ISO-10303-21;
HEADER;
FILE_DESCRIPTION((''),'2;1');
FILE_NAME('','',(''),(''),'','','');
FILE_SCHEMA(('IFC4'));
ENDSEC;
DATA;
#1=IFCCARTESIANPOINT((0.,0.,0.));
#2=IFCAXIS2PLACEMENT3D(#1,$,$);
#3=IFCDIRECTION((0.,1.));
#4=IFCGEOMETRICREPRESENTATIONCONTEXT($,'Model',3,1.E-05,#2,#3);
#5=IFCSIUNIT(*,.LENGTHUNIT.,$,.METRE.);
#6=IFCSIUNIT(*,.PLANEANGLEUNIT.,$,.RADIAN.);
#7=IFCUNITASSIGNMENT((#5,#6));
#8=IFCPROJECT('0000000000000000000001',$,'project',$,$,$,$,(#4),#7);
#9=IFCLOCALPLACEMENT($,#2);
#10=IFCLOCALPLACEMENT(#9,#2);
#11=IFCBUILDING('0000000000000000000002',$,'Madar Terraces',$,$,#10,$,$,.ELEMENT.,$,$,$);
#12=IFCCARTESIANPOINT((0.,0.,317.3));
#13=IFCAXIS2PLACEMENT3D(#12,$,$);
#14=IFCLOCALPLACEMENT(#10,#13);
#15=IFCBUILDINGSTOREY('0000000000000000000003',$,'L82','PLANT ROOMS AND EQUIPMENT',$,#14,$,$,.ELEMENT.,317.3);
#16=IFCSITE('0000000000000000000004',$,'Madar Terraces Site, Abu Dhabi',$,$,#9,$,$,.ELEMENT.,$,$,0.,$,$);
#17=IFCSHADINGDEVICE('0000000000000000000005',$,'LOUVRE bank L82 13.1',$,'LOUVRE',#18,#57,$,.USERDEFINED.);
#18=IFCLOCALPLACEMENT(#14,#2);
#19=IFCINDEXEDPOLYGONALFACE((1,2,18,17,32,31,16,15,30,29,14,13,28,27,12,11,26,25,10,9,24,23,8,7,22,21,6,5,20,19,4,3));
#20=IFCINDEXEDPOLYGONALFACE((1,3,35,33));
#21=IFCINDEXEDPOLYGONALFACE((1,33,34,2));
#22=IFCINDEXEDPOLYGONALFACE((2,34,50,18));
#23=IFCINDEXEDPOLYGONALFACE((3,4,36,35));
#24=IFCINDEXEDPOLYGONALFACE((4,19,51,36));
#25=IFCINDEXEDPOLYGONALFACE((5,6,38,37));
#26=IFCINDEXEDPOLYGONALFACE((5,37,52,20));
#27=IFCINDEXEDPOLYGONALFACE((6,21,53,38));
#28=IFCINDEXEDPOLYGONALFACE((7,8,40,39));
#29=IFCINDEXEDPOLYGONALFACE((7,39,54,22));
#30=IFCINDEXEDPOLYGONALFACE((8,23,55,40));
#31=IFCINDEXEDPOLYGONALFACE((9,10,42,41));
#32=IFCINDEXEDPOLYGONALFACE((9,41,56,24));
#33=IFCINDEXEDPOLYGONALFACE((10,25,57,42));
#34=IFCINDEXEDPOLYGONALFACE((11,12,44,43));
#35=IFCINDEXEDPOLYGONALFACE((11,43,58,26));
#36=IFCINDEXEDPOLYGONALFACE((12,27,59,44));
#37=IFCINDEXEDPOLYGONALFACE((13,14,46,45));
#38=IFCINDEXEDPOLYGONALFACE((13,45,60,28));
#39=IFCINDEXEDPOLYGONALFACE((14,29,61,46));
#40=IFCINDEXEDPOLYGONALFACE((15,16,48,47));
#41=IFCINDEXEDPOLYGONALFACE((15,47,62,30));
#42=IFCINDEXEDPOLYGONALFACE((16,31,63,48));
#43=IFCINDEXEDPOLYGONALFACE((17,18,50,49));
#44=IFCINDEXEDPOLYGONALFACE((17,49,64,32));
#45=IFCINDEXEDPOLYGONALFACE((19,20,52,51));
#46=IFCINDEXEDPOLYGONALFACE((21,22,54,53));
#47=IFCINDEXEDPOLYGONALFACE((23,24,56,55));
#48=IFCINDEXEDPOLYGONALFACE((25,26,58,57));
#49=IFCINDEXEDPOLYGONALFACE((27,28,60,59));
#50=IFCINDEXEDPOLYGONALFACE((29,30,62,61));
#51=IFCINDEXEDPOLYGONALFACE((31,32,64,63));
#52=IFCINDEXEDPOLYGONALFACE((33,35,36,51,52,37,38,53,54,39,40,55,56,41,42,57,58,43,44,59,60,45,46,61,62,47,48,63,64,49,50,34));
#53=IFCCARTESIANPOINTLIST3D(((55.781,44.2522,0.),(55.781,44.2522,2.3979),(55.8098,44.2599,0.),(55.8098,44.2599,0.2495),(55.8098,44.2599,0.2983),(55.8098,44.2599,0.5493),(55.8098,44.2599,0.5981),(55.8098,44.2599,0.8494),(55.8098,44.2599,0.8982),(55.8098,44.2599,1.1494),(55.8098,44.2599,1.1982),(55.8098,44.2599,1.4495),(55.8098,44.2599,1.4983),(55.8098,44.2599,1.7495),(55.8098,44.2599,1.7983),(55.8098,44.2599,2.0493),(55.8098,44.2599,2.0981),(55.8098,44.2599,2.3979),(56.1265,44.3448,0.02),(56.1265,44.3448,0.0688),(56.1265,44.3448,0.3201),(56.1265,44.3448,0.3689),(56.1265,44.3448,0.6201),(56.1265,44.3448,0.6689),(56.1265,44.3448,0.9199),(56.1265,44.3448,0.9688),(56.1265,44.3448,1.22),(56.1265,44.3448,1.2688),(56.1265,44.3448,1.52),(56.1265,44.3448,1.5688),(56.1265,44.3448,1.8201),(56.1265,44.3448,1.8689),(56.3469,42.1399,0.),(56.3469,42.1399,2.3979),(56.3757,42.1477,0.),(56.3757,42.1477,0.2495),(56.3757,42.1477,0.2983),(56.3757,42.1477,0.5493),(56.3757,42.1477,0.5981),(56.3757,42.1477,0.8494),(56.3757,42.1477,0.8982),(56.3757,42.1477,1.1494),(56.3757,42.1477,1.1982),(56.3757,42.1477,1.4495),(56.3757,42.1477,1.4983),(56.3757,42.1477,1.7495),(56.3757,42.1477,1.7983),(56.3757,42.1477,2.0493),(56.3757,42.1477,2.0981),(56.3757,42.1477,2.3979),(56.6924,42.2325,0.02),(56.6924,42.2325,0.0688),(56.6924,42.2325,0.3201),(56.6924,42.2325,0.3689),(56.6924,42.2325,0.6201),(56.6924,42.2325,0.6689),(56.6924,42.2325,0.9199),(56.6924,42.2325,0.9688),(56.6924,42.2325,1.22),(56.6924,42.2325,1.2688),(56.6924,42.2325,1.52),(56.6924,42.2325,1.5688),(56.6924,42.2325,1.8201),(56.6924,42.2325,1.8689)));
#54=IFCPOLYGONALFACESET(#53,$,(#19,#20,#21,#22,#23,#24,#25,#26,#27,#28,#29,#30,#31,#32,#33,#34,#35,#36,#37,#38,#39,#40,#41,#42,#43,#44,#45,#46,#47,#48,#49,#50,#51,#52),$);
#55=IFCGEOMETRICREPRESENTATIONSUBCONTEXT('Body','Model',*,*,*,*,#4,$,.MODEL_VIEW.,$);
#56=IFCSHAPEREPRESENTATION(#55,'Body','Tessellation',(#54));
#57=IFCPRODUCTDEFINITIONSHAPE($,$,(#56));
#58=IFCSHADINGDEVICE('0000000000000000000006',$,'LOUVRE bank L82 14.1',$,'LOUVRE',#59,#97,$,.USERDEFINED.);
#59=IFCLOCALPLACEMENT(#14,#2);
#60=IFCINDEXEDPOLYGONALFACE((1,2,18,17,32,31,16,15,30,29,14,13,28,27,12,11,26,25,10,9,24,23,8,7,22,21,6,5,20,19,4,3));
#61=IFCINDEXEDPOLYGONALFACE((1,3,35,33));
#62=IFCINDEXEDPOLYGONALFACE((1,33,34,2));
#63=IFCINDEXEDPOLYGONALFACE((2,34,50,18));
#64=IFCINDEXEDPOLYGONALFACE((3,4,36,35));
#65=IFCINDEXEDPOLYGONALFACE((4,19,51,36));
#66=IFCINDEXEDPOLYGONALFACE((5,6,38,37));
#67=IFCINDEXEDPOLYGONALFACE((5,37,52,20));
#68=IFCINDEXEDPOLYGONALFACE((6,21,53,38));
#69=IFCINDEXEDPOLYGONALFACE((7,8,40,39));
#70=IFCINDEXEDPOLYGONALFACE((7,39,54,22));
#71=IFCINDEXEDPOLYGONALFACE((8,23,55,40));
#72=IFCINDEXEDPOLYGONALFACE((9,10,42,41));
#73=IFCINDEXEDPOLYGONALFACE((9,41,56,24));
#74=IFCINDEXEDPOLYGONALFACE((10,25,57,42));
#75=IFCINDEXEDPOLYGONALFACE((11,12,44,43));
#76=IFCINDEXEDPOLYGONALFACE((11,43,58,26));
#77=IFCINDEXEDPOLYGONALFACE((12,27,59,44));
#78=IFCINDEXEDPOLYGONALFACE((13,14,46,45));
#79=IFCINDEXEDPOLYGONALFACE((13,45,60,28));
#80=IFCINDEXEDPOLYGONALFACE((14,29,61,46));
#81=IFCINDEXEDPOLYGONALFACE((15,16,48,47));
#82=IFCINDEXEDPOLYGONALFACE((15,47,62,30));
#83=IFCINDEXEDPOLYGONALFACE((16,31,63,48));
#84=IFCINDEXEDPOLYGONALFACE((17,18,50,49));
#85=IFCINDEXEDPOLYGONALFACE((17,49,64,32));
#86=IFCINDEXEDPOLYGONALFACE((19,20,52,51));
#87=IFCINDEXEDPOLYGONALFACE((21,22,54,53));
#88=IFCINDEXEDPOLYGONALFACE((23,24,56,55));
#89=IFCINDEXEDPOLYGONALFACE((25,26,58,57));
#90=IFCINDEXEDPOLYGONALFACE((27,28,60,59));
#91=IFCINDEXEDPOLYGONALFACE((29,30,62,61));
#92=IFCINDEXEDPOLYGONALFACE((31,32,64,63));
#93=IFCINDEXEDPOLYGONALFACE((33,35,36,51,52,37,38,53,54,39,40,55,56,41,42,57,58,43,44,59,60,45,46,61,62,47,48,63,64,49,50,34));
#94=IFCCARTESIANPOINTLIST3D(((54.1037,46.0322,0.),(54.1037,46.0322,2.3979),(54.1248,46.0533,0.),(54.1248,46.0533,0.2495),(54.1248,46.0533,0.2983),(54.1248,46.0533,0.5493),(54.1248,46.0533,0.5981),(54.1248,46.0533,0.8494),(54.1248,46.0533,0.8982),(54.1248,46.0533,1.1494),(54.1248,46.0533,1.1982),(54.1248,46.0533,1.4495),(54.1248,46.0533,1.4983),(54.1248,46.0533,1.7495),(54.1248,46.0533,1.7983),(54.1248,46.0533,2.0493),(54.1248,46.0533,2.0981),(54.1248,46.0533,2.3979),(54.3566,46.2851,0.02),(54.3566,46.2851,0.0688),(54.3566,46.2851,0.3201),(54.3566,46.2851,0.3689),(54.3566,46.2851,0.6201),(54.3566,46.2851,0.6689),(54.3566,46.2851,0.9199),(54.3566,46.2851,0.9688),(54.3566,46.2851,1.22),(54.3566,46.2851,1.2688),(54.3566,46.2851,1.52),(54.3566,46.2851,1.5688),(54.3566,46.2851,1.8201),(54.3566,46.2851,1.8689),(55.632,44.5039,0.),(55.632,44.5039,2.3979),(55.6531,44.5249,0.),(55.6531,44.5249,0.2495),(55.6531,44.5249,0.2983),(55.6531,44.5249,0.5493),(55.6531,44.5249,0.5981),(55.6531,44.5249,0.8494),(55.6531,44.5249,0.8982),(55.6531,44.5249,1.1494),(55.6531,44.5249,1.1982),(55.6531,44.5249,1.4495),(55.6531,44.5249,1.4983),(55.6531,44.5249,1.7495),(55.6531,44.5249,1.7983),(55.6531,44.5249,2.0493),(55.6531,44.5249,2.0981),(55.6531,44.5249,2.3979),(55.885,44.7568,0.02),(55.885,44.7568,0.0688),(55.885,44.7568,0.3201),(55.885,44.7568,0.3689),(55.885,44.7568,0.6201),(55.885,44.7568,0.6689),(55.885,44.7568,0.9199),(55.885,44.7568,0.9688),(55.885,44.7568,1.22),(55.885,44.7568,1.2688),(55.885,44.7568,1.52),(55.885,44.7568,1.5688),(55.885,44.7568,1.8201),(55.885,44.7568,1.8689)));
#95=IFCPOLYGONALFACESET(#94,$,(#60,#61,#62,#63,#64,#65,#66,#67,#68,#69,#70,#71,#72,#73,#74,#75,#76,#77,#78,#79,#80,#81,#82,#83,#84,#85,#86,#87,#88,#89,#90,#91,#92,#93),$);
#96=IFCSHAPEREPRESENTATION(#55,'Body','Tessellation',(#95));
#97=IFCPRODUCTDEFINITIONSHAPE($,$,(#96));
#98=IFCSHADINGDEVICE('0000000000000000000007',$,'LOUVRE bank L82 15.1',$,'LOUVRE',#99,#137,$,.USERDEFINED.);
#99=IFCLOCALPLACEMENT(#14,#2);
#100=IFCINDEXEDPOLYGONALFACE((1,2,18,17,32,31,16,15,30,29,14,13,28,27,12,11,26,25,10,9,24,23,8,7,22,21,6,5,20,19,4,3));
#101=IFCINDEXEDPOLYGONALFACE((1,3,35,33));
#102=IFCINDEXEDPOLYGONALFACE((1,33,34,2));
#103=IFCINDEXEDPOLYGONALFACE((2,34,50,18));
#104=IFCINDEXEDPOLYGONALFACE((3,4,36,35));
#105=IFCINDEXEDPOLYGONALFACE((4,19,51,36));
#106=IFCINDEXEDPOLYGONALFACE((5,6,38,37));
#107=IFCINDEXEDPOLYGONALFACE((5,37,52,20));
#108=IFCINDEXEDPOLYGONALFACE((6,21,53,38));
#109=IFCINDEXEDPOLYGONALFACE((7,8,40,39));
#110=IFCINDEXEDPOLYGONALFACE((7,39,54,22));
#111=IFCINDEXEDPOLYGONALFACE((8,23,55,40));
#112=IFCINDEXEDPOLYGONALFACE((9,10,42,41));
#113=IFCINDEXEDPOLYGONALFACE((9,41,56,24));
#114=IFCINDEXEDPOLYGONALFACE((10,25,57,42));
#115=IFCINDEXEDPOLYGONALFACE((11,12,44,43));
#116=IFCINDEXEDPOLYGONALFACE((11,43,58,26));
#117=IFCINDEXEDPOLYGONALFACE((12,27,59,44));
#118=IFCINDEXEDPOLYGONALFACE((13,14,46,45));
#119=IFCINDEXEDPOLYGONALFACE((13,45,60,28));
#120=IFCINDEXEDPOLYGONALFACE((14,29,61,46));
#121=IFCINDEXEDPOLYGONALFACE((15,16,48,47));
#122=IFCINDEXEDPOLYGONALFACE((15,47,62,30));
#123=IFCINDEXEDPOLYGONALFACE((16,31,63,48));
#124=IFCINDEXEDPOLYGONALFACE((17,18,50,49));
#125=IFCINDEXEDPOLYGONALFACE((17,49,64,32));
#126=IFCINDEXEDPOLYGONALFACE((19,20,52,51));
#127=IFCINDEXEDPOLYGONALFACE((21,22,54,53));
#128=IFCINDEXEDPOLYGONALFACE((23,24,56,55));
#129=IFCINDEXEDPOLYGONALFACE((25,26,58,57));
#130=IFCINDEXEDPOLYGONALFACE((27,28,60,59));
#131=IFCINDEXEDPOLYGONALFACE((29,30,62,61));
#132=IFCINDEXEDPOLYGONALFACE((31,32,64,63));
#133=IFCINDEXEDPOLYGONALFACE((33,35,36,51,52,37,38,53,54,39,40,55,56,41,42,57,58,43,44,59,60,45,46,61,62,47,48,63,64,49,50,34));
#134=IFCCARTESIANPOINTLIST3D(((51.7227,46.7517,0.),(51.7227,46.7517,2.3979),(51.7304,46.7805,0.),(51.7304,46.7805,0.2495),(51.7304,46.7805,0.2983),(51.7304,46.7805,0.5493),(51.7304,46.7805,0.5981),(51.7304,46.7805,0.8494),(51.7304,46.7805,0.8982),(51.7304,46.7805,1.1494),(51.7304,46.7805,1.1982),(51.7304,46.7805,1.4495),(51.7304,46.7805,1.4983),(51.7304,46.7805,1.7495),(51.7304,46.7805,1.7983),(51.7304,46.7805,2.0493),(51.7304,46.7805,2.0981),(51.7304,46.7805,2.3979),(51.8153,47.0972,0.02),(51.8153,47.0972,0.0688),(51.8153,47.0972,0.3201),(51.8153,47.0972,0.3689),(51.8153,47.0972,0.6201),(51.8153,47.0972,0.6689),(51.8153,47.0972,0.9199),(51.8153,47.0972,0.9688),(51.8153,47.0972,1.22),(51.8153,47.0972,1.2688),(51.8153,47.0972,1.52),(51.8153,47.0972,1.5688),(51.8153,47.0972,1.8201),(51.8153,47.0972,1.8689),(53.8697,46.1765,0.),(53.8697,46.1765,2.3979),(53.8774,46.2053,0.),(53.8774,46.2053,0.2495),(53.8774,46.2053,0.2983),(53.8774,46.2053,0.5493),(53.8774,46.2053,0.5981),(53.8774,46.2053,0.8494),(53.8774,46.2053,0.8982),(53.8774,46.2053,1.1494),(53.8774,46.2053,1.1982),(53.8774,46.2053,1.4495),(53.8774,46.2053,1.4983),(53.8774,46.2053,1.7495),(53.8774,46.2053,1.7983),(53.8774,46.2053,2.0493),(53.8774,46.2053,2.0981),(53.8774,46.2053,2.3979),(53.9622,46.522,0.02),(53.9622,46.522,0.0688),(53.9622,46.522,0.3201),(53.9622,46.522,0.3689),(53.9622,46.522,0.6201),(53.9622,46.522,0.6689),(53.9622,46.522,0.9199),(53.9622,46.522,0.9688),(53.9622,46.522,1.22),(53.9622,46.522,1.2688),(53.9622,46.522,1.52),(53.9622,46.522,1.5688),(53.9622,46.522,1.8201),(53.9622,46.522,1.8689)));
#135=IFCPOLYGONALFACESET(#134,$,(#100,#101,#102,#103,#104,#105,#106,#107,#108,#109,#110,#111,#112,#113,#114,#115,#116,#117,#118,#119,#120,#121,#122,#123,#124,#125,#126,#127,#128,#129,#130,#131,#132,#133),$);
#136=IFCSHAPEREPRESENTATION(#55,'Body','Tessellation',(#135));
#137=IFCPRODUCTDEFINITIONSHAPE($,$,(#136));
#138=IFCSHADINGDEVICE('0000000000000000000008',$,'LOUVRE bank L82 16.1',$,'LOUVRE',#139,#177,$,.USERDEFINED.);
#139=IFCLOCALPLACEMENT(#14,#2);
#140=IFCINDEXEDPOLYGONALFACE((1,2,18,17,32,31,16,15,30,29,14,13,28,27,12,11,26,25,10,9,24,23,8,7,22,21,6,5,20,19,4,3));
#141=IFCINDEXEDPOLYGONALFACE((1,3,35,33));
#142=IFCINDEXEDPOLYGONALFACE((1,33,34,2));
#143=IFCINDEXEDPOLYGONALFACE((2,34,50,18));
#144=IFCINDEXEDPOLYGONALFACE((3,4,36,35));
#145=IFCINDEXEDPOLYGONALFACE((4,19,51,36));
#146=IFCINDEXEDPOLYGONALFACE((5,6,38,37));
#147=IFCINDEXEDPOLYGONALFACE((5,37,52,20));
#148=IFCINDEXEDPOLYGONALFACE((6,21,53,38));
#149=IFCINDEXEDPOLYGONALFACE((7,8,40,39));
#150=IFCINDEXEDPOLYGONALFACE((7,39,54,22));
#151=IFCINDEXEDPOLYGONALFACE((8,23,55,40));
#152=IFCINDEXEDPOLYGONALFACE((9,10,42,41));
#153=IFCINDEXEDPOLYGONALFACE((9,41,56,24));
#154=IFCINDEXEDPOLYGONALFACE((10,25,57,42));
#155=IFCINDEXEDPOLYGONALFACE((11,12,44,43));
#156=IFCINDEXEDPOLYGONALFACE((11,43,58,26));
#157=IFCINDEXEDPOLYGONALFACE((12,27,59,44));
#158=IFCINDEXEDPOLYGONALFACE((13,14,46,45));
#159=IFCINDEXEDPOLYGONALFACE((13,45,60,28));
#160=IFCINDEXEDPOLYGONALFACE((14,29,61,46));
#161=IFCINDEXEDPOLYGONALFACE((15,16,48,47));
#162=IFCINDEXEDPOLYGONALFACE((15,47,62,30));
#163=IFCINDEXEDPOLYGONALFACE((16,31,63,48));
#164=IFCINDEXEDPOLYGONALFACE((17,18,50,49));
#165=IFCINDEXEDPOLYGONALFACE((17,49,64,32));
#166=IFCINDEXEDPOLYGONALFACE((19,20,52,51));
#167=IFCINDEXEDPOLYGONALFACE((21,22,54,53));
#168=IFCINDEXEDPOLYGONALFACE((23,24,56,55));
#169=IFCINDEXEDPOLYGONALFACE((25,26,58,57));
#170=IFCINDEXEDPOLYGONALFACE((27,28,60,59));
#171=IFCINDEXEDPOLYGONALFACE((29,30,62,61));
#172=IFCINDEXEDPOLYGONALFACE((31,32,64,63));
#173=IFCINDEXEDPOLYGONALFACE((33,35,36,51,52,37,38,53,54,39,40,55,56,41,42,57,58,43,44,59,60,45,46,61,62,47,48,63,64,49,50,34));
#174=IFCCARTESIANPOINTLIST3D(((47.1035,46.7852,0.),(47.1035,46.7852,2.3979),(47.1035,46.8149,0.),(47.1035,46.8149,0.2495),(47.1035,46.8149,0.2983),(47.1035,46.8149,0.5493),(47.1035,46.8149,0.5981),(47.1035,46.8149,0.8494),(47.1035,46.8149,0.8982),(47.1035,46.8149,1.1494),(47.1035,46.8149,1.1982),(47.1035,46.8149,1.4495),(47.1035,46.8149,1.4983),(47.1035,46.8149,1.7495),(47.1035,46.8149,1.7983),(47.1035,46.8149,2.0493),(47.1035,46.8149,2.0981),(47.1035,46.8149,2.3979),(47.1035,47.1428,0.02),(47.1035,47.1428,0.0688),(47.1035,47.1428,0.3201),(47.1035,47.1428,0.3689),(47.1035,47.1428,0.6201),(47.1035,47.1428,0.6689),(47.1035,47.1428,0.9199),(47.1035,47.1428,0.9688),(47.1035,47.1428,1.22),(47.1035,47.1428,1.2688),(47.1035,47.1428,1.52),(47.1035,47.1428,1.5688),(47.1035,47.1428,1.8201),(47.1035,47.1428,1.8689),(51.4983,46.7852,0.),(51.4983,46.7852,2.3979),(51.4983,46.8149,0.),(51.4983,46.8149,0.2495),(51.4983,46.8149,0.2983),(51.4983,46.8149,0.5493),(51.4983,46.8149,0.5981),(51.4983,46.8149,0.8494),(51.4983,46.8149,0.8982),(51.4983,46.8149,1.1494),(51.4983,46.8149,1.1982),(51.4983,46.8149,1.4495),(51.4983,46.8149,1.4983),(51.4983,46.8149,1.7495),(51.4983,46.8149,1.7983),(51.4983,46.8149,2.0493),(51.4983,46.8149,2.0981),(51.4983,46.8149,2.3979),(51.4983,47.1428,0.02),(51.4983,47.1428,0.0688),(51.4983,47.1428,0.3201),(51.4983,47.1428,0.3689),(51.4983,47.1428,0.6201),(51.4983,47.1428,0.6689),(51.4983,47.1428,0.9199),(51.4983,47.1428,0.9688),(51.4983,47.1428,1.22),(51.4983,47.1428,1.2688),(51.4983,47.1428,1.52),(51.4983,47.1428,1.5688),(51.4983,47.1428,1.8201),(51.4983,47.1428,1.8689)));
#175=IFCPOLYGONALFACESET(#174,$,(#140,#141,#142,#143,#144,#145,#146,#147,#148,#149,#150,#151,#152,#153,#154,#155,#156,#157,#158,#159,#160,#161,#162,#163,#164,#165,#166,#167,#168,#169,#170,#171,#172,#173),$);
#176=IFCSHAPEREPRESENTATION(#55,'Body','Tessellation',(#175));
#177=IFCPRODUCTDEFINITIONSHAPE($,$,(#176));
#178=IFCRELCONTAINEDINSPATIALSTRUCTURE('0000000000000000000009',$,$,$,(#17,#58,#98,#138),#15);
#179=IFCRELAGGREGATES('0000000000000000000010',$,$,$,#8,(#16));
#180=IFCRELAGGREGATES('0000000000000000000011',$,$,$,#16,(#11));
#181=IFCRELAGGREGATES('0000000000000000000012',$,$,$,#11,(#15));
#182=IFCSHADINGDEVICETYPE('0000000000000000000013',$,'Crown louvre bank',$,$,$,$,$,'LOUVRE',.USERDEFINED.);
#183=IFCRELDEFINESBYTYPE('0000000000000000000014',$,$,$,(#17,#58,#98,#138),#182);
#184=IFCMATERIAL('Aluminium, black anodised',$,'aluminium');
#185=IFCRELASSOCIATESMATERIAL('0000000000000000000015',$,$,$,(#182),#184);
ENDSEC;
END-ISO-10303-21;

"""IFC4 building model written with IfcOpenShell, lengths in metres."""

from ifc_helpers import new_model, si_unit, direction, frame, origin, place, context, subcontext, project, spatial, polyline, outline, extrude, material, type_object, element, save


model = new_model("IFC4")

# Units and contexts
model_context = context("Model", 3, precision=1e-05, world=origin(), true_north=direction((0.0, 1.0)))
body_context = subcontext(model_context, "Body", "Model", "MODEL_VIEW")
ifc_project = project(units=[si_unit("LENGTHUNIT", "METRE"), si_unit("PLANEANGLEUNIT", "RADIAN")], contexts=[model_context])

# Site, building, storey
site_placement = place(None, origin())
site = spatial("IfcSite", under=ifc_project, at=site_placement, Name="Madar Terraces Site, Abu Dhabi", CompositionType="ELEMENT", RefElevation=0.0)
building_placement = place(site_placement, origin())
building = spatial("IfcBuilding", under=site, at=building_placement, Name="Madar Terraces", CompositionType="ELEMENT")
storey_placement = place(building_placement, frame((0.0, 0.0, 317.3)))
storey = spatial("IfcBuildingStorey", under=building, at=storey_placement, Name="L82", Description="PLANT ROOMS AND EQUIPMENT", CompositionType="ELEMENT", Elevation=317.3)

# Shading devices
ifc_material_1 = material(Name="Aluminium, black anodised", Category="aluminium")
shading_device_type = type_object("IfcShadingDeviceType", Name="Crown louvre bank", ElementType="LOUVRE", PredefinedType="USERDEFINED", material=ifc_material_1)
shading_device_1_placement = place(storey_placement, frame((56.3613, 42.1438, 0.0), z_axis=(-0.258788, 0.965934, 0.0), x_axis=(-0.965934, -0.258788, 0.0)))
element("IfcShadingDevice", 1, at=shading_device_1_placement, inside=storey, type_object=shading_device_type, Name="LOUVRE bank L82 13.1", ObjectType="LOUVRE", PredefinedType="USERDEFINED", context=body_context, shape_type="SweptSolid", body=[
    extrude(outline(polyline([(0.0149, 0.0), (-0.0149, 0.0), (-0.0149, 0.2495), (-0.3428, 0.02), (-0.3428, 0.0688), (-0.0149, 0.2983), (-0.0149, 0.5493), (-0.3428, 0.3201), (-0.3428, 0.3689), (-0.0149, 0.5981), (-0.0149, 0.8494), (-0.3428, 0.6201), (-0.3428, 0.6689), (-0.0149, 0.8982), (-0.0149, 1.1494), (-0.3428, 0.9199), (-0.3428, 0.9688), (-0.0149, 1.1982), (-0.0149, 1.4495), (-0.3428, 1.22), (-0.3428, 1.2688), (-0.0149, 1.4983), (-0.0149, 1.7495), (-0.3428, 1.52), (-0.3428, 1.5688), (-0.0149, 1.7983), (-0.0149, 2.0493), (-0.3428, 1.8201), (-0.3428, 1.8689), (-0.0149, 2.0981), (-0.0149, 2.3979), (0.0149, 2.3979), (0.0149, 0.0)])), origin(), (0.0, 0.0, 1.0), 2.1868),
])
shading_device_2_placement = place(storey_placement, frame((55.6426, 44.5144, 0.0), z_axis=(-0.707107, 0.707107, 0.0), x_axis=(-0.707107, -0.707107, 0.0)))
element("IfcShadingDevice", 2, at=shading_device_2_placement, inside=storey, type_object=shading_device_type, Name="LOUVRE bank L82 14.1", ObjectType="LOUVRE", PredefinedType="USERDEFINED", context=body_context, shape_type="SweptSolid", body=[
    extrude(outline(polyline([(0.0149, 0.0), (-0.0149, 0.0), (-0.0149, 0.2495), (-0.3428, 0.02), (-0.3428, 0.0688), (-0.0149, 0.2983), (-0.0149, 0.5493), (-0.3428, 0.3201), (-0.3428, 0.3689), (-0.0149, 0.5981), (-0.0149, 0.8494), (-0.3428, 0.6201), (-0.3428, 0.6689), (-0.0149, 0.8982), (-0.0149, 1.1494), (-0.3428, 0.9199), (-0.3428, 0.9688), (-0.0149, 1.1982), (-0.0149, 1.4495), (-0.3428, 1.22), (-0.3428, 1.2688), (-0.0149, 1.4983), (-0.0149, 1.7495), (-0.3428, 1.52), (-0.3428, 1.5688), (-0.0149, 1.7983), (-0.0149, 2.0493), (-0.3428, 1.8201), (-0.3428, 1.8689), (-0.0149, 2.0981), (-0.0149, 2.3979), (0.0149, 2.3979), (0.0149, 0.0)])), origin(), (0.0, 0.0, 1.0), 2.1614),
])
shading_device_3_placement = place(storey_placement, frame((53.8735, 46.1909, 0.0), z_axis=(-0.965935, 0.258784, 0.0), x_axis=(-0.258784, -0.965935, 0.0)))
element("IfcShadingDevice", 3, at=shading_device_3_placement, inside=storey, type_object=shading_device_type, Name="LOUVRE bank L82 15.1", ObjectType="LOUVRE", PredefinedType="USERDEFINED", context=body_context, shape_type="SweptSolid", body=[
    extrude(outline(polyline([(0.0149, 0.0), (-0.0149, 0.0), (-0.0149, 0.2495), (-0.3428, 0.02), (-0.3428, 0.0688), (-0.0149, 0.2983), (-0.0149, 0.5493), (-0.3428, 0.3201), (-0.3428, 0.3689), (-0.0149, 0.5981), (-0.0149, 0.8494), (-0.3428, 0.6201), (-0.3428, 0.6689), (-0.0149, 0.8982), (-0.0149, 1.1494), (-0.3428, 0.9199), (-0.3428, 0.9688), (-0.0149, 1.1982), (-0.0149, 1.4495), (-0.3428, 1.22), (-0.3428, 1.2688), (-0.0149, 1.4983), (-0.0149, 1.7495), (-0.3428, 1.52), (-0.3428, 1.5688), (-0.0149, 1.7983), (-0.0149, 2.0493), (-0.3428, 1.8201), (-0.3428, 1.8689), (-0.0149, 2.0981), (-0.0149, 2.3979), (0.0149, 2.3979), (0.0149, 0.0)])), origin(), (0.0, 0.0, 1.0), 2.2227),
])
shading_device_4_placement = place(storey_placement, frame((51.4983, 46.8, 0.0), z_axis=(-1.0, 0.0, 0.0), x_axis=(0.0, -1.0, 0.0)))
element("IfcShadingDevice", 4, at=shading_device_4_placement, inside=storey, type_object=shading_device_type, Name="LOUVRE bank L82 16.1", ObjectType="LOUVRE", PredefinedType="USERDEFINED", context=body_context, shape_type="SweptSolid", body=[
    extrude(outline(polyline([(0.0149, 0.0), (-0.0149, 0.0), (-0.0149, 0.2495), (-0.3428, 0.02), (-0.3428, 0.0688), (-0.0149, 0.2983), (-0.0149, 0.5493), (-0.3428, 0.3201), (-0.3428, 0.3689), (-0.0149, 0.5981), (-0.0149, 0.8494), (-0.3428, 0.6201), (-0.3428, 0.6689), (-0.0149, 0.8982), (-0.0149, 1.1494), (-0.3428, 0.9199), (-0.3428, 0.9688), (-0.0149, 1.1982), (-0.0149, 1.4495), (-0.3428, 1.22), (-0.3428, 1.2688), (-0.0149, 1.4983), (-0.0149, 1.7495), (-0.3428, 1.52), (-0.3428, 1.5688), (-0.0149, 1.7983), (-0.0149, 2.0493), (-0.3428, 1.8201), (-0.3428, 1.8689), (-0.0149, 2.0981), (-0.0149, 2.3979), (0.0149, 2.3979), (0.0149, 0.0)])), origin(), (0.0, 0.0, 1.0), 4.3948),
])

save(model, "model.ifc")
